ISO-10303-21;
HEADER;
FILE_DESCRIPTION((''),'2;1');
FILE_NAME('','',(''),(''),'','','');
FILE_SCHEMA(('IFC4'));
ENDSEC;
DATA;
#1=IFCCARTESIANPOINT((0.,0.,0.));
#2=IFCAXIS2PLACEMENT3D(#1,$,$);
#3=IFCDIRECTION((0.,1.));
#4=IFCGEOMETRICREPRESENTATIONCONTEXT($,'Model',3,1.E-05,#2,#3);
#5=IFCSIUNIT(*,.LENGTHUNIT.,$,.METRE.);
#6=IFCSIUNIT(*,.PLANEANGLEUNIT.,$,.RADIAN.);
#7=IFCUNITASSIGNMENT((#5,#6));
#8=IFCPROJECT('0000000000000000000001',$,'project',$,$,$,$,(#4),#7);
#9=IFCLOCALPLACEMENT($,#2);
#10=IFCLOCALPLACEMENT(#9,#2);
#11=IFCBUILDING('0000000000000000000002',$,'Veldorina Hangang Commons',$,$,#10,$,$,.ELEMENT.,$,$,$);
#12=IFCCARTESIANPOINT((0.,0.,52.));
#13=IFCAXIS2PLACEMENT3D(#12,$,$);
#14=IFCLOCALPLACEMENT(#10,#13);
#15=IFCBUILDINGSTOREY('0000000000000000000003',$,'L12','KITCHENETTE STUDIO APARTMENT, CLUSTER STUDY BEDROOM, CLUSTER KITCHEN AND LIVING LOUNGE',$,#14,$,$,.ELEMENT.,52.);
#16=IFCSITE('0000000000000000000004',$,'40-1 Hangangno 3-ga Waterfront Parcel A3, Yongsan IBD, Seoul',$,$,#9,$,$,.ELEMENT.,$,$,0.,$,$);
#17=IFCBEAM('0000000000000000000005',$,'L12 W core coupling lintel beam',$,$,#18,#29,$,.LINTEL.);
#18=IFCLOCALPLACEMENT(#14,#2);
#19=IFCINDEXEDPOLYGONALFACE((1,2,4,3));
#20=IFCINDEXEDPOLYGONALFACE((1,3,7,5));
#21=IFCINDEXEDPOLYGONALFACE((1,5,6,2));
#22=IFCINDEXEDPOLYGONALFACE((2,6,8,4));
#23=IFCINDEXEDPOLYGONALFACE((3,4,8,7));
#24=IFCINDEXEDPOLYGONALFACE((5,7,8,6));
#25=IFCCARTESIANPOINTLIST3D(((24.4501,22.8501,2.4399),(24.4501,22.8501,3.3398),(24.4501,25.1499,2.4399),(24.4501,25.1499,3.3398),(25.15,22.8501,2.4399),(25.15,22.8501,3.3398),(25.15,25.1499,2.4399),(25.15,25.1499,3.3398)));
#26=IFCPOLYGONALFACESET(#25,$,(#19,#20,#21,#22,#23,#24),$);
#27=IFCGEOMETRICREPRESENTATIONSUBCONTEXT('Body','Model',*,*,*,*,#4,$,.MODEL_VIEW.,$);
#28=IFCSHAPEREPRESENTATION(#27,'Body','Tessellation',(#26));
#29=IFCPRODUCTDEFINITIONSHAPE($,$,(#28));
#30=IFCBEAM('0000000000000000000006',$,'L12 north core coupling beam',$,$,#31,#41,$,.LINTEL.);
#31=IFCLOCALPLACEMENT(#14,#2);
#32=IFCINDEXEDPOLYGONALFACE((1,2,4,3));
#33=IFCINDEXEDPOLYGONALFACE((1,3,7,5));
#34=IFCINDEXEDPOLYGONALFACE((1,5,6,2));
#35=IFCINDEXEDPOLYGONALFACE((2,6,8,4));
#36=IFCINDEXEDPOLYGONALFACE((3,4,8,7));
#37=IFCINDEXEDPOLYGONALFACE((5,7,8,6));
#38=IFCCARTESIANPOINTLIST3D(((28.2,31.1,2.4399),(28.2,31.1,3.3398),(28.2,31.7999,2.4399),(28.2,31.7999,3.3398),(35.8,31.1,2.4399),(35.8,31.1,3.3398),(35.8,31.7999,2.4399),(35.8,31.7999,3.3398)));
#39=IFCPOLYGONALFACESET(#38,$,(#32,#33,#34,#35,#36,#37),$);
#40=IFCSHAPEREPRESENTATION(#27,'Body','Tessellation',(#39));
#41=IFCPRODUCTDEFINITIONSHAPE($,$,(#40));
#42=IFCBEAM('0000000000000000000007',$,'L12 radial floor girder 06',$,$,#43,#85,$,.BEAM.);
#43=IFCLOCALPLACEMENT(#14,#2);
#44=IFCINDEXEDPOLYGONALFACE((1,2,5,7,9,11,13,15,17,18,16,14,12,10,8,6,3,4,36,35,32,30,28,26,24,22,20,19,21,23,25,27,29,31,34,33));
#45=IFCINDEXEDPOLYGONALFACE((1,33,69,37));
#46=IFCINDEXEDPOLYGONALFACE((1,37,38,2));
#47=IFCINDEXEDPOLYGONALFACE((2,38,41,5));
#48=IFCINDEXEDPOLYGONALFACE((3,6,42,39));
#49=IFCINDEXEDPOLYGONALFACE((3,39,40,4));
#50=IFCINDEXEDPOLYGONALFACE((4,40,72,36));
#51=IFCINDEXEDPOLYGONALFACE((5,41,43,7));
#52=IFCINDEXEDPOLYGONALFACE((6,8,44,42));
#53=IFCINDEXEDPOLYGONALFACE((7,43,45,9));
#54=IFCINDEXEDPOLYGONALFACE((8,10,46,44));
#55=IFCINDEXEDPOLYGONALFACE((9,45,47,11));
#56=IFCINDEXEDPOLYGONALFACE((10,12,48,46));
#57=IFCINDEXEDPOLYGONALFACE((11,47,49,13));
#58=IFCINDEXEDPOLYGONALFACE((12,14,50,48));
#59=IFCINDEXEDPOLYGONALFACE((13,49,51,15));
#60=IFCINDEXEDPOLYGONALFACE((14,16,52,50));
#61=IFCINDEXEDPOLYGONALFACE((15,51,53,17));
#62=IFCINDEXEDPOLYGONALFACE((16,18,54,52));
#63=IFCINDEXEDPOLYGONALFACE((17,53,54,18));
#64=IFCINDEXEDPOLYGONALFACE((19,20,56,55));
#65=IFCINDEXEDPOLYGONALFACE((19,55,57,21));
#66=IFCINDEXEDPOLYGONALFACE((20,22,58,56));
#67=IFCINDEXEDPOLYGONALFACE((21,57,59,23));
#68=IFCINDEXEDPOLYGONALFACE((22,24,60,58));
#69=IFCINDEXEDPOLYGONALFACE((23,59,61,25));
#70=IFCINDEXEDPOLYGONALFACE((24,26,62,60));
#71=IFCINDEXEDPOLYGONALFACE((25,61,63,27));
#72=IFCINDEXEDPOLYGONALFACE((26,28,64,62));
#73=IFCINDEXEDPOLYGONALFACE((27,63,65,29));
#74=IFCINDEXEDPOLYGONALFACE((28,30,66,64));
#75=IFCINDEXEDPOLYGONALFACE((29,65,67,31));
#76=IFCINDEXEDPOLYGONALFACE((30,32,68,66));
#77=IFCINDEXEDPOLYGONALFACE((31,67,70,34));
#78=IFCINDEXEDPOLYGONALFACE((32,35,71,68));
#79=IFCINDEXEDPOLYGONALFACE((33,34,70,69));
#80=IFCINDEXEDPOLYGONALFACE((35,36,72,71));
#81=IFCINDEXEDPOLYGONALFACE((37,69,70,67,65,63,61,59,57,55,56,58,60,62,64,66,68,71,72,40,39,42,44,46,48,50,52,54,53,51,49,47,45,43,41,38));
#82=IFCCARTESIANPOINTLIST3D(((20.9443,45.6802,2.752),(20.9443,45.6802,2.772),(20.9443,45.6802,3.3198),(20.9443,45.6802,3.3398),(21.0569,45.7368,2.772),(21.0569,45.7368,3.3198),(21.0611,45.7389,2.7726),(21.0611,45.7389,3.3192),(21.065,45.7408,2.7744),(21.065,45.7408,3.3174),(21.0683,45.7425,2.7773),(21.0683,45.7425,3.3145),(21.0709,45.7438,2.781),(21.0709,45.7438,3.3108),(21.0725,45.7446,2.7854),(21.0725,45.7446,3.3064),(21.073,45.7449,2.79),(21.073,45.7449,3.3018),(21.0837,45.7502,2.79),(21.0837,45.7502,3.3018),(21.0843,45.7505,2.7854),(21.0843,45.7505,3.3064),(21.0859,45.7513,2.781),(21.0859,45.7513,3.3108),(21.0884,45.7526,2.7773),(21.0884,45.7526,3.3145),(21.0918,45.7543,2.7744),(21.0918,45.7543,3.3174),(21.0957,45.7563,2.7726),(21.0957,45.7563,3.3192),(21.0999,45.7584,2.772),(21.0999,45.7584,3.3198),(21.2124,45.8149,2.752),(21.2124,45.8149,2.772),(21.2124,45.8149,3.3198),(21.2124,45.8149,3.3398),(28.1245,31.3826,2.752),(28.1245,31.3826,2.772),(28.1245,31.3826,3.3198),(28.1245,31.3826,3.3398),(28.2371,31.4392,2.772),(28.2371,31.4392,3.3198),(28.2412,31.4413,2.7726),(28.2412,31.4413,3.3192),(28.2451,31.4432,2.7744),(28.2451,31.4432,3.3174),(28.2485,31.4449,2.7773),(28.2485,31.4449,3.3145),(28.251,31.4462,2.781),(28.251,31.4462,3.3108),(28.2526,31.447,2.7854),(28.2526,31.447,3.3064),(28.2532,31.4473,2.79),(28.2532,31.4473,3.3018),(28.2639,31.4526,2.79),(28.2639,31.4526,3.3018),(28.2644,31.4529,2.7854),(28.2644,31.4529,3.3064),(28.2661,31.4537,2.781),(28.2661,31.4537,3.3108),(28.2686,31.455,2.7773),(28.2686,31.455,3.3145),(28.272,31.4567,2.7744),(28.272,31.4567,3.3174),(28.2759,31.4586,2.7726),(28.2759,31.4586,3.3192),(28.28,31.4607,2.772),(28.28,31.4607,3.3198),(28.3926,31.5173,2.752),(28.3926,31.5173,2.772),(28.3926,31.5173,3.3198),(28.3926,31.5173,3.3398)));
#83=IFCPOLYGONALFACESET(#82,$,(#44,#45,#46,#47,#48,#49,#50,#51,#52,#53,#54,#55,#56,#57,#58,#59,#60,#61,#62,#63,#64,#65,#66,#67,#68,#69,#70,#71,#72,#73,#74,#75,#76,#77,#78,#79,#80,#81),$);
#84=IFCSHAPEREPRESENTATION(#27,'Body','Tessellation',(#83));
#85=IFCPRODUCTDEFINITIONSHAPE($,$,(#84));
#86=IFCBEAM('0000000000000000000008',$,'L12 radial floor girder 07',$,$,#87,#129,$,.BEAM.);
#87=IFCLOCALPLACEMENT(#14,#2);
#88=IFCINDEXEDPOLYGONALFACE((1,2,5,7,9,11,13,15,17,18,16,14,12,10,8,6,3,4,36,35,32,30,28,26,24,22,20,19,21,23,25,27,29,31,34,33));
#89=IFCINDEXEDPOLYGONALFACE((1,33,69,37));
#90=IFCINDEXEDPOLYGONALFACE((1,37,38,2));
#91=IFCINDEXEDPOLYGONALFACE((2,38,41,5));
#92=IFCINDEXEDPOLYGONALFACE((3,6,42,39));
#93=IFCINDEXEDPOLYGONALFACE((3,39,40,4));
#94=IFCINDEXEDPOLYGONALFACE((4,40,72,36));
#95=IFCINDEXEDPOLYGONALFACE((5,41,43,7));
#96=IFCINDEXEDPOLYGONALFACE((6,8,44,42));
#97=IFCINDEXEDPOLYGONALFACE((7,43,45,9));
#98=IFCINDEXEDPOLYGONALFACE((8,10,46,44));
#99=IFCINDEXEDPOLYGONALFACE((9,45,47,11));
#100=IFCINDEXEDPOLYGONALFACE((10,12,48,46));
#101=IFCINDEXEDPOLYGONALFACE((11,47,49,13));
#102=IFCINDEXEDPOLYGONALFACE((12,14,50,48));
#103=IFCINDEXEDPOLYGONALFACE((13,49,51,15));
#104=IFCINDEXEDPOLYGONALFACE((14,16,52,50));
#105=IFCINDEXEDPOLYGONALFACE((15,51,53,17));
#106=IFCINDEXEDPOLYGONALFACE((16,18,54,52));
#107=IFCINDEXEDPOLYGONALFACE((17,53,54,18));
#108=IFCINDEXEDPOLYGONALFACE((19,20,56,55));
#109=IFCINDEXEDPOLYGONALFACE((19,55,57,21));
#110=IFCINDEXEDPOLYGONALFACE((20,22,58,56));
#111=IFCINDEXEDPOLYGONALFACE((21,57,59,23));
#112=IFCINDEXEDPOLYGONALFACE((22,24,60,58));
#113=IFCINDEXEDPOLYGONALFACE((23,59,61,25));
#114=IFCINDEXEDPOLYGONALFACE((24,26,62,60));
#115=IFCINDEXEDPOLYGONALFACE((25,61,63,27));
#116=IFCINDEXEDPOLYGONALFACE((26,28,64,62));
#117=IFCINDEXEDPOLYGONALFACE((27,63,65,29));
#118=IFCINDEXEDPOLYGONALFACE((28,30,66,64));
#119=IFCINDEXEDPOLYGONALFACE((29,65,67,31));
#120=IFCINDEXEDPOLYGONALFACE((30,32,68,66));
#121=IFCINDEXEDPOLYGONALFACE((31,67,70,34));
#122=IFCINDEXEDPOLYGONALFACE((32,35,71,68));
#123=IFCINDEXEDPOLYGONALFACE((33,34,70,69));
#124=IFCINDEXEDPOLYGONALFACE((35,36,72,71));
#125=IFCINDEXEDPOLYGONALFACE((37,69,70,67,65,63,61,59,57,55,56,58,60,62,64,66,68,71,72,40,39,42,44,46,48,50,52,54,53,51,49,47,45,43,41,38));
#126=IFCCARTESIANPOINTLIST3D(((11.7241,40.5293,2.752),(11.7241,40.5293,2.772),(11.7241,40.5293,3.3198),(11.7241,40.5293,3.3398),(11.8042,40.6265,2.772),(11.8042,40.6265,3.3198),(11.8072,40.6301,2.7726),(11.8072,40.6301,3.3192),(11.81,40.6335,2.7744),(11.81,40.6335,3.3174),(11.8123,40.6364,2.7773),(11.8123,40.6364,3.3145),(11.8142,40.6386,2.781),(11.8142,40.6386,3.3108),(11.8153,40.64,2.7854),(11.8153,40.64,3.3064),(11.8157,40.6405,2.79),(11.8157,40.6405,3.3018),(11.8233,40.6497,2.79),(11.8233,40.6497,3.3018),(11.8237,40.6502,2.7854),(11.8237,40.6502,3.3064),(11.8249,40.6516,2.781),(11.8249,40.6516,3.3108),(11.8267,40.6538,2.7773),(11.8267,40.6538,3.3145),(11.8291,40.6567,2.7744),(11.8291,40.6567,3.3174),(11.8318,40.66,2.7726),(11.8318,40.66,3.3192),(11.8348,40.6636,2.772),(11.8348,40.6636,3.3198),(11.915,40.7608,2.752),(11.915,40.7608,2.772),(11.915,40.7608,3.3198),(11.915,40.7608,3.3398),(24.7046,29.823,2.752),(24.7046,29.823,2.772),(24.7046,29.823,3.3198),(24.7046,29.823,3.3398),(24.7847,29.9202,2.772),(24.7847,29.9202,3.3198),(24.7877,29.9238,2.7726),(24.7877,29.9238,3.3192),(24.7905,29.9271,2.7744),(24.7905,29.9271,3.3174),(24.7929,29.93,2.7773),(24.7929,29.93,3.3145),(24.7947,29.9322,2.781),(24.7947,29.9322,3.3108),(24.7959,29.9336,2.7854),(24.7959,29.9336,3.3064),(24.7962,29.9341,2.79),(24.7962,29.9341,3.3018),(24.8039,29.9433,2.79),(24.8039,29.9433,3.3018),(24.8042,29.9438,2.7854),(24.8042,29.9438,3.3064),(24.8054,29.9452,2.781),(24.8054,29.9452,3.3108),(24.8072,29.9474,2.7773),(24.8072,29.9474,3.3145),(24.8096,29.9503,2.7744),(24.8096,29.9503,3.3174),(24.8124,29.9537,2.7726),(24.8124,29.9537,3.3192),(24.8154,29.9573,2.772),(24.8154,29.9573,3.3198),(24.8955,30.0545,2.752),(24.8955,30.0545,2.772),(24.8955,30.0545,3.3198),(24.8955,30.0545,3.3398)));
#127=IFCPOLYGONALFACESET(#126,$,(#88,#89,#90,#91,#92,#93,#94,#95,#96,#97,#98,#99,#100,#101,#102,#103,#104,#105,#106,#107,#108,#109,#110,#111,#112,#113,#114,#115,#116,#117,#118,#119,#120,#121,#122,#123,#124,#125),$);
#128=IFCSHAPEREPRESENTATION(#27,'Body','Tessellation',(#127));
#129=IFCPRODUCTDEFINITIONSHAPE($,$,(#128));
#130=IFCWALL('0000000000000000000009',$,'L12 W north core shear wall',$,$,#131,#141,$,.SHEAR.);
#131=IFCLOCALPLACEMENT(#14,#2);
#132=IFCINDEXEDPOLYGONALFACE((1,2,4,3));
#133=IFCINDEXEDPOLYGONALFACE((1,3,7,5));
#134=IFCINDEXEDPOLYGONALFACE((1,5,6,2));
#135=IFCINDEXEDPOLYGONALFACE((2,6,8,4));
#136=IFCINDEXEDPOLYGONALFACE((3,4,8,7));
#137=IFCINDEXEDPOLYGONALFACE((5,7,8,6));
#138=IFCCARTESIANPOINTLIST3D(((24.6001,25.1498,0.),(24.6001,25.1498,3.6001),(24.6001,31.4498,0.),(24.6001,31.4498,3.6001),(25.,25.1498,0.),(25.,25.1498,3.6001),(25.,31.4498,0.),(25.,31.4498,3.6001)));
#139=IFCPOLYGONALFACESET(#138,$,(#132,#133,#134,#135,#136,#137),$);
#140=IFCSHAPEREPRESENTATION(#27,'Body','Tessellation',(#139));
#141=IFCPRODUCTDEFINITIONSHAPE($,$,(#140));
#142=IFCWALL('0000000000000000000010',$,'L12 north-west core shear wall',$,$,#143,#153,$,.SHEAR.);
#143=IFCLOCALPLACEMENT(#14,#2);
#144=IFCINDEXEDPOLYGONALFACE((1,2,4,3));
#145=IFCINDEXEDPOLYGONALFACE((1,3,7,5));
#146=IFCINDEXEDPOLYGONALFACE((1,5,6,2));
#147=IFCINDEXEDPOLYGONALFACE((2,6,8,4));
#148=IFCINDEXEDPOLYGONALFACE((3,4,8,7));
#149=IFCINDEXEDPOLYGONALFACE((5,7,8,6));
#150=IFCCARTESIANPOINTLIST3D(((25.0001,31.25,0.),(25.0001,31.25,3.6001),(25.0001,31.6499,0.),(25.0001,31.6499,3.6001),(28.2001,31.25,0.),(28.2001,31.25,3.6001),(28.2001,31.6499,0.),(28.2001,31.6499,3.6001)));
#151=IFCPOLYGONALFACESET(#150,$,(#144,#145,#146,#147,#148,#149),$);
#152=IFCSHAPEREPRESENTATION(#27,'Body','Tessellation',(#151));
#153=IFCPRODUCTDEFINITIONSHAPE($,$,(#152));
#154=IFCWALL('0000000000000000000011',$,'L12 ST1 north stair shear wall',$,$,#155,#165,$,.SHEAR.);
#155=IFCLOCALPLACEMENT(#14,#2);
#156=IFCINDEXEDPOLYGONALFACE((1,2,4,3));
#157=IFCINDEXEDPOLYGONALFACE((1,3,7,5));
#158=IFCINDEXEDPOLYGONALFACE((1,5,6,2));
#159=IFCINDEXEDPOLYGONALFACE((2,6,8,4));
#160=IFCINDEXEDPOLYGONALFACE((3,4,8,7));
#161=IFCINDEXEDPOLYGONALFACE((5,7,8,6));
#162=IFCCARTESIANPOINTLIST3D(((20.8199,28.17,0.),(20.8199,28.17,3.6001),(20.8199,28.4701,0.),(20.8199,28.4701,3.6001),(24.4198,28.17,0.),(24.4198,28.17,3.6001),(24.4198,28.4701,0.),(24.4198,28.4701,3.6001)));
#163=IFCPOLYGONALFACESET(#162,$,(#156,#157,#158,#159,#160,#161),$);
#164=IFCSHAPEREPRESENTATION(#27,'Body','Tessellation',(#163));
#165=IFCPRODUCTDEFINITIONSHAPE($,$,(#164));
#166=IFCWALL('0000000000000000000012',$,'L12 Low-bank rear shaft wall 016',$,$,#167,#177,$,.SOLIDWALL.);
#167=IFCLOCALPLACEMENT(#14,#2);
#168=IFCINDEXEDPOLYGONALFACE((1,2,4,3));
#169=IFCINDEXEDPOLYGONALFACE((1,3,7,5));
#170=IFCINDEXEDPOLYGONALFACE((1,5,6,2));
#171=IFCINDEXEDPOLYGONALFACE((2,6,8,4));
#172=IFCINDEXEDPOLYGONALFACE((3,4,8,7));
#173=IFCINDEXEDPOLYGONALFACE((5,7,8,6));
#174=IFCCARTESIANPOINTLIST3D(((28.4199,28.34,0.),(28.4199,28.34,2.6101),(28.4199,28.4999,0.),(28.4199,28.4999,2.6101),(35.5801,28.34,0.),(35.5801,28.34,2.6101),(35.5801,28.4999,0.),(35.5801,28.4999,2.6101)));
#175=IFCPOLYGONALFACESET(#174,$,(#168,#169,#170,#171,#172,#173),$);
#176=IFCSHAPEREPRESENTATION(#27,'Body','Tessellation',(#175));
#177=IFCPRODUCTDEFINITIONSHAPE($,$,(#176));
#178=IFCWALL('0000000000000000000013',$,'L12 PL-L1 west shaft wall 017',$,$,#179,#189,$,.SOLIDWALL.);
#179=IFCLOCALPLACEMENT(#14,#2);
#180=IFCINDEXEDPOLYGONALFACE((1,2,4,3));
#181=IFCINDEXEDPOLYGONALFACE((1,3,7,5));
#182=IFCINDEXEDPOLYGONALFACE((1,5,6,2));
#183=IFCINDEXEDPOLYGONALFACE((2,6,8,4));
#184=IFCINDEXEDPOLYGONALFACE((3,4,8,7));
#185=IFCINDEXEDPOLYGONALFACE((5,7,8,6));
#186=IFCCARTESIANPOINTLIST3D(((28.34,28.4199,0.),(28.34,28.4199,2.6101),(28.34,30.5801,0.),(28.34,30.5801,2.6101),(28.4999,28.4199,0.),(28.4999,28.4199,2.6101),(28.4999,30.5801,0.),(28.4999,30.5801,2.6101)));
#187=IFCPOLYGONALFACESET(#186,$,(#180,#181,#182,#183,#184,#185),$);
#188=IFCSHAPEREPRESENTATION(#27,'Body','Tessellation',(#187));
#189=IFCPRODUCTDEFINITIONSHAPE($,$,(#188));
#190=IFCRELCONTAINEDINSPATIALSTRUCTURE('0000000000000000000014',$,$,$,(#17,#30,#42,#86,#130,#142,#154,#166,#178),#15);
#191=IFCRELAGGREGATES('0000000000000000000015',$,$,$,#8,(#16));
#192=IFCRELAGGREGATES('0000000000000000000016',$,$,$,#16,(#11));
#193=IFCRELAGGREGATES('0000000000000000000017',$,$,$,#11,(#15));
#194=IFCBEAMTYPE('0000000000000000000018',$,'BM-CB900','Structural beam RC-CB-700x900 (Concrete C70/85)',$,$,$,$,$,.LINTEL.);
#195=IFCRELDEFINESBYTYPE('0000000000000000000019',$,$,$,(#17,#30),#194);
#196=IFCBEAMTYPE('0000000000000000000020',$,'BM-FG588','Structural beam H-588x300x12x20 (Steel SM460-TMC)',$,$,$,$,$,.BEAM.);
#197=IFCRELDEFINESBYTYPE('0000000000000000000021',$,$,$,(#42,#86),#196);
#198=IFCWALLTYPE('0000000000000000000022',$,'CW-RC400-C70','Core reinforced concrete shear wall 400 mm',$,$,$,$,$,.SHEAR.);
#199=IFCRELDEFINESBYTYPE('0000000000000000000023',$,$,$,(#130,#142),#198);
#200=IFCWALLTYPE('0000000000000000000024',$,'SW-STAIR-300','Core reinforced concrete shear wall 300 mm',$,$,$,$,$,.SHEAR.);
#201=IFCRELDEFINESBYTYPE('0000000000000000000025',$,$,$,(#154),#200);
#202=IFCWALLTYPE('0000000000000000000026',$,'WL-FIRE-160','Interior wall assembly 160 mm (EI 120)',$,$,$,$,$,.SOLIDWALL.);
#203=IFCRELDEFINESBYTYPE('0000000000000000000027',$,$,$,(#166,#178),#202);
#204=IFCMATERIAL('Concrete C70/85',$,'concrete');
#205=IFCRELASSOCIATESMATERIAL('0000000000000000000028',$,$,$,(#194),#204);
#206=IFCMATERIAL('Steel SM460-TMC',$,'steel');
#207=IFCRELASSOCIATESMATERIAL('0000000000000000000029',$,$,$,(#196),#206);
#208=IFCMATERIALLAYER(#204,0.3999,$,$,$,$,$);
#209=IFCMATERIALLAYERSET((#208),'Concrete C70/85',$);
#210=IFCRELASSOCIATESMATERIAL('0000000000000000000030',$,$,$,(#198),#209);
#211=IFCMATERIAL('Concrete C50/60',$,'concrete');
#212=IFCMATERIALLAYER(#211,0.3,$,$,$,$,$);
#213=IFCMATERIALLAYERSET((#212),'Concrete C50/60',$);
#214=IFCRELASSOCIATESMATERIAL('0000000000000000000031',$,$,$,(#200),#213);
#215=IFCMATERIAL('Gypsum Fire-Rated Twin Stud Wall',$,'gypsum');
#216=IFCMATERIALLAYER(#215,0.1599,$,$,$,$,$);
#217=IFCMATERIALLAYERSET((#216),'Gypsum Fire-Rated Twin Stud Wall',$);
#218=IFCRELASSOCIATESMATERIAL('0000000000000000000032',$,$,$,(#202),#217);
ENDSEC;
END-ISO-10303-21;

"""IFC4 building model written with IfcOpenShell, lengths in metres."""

from ifc_helpers import new_model, si_unit, direction, frame, frame_2d, origin, origin_2d, place, context, subcontext, project, spatial, rectangle, i_section, extrude, material, layer, layer_set, material_profile, profile_set, type_object, element, save


model = new_model("IFC4")

# Units and contexts
model_context = context("Model", 3, precision=1e-05, world=origin(), true_north=direction((0.0, 1.0)))
body_context = subcontext(model_context, "Body", "Model", "MODEL_VIEW")
ifc_project = project(units=[si_unit("LENGTHUNIT", "METRE"), si_unit("PLANEANGLEUNIT", "RADIAN")], contexts=[model_context])

# Site, building, storey
site_placement = place(None, origin())
site = spatial("IfcSite", under=ifc_project, at=site_placement, Name="40-1 Hangangno 3-ga Waterfront Parcel A3, Yongsan IBD, Seoul", CompositionType="ELEMENT", RefElevation=0.0)
building_placement = place(site_placement, origin())
building = spatial("IfcBuilding", under=site, at=building_placement, Name="Veldorina Hangang Commons", CompositionType="ELEMENT")
storey_placement = place(building_placement, frame((0.0, 0.0, 52.0)))
storey = spatial("IfcBuildingStorey", under=building, at=storey_placement, Name="L12", Description="KITCHENETTE STUDIO APARTMENT, CLUSTER STUDY BEDROOM, CLUSTER KITCHEN AND LIVING LOUNGE", CompositionType="ELEMENT", Elevation=52.0)

# Beams
ifc_material_1 = material(Name="Concrete C70/85", Category="concrete")
ifc_material_profile_1 = material_profile(ifc_material_1, rectangle(XDim=0.7, YDim=0.8999, at=origin_2d()), Name="RC-CB-700x900")
ifc_profile_set_1 = profile_set([ifc_material_profile_1], Name="Concrete C70/85")
beam_type_1 = type_object("IfcBeamType", Name="BM-CB900", Description="Structural beam RC-CB-700x900 (Concrete C70/85)", PredefinedType="LINTEL", material=ifc_profile_set_1)
beam_1_placement = place(storey_placement, frame((24.8, 22.8501, 2.8899), z_axis=(0.0, 1.0, 0.0), x_axis=(-1.0, 0.0, 0.0)))
element("IfcBeam", 1, at=beam_1_placement, inside=storey, type_object=beam_type_1, Name="L12 W core coupling lintel beam", PredefinedType="LINTEL", context=body_context, shape_type="SweptSolid", body=[
    extrude(rectangle(XDim=0.7, YDim=0.8999, at=origin_2d()), origin(), (0.0, 0.0, 1.0), 2.2998),
])
beam_2_placement = place(storey_placement, frame((28.2, 31.45, 2.8899), z_axis=(1.0, 0.0, 0.0), x_axis=(0.0, 1.0, 0.0)))
element("IfcBeam", 2, at=beam_2_placement, inside=storey, type_object=beam_type_1, Name="L12 north core coupling beam", PredefinedType="LINTEL", context=body_context, shape_type="SweptSolid", body=[
    extrude(rectangle(XDim=0.7, YDim=0.8999, at=origin_2d()), origin(), (0.0, 0.0, 1.0), 7.6001),
])
ifc_material_2 = material(Name="Steel SM460-TMC", Category="steel")
ifc_material_profile_2 = material_profile(ifc_material_2, i_section(OverallWidth=0.3, OverallDepth=0.5879, WebThickness=0.012, FlangeThickness=0.02, FilletRadius=0.0181, at=origin_2d()), Name="H-588x300x12x20")
ifc_profile_set_2 = profile_set([ifc_material_profile_2], Name="Steel SM460-TMC")
beam_type_2 = type_object("IfcBeamType", Name="BM-FG588", Description="Structural beam H-588x300x12x20 (Steel SM460-TMC)", PredefinedType="BEAM", material=ifc_profile_set_2)
beam_3_placement = place(storey_placement, frame((28.2585, 31.45, 3.0459), z_axis=(-0.448782, 0.893641, 0.0), x_axis=(-0.893641, -0.448782, 0.0)))
element("IfcBeam", 3, at=beam_3_placement, inside=storey, type_object=beam_type_2, Name="L12 radial floor girder 06", PredefinedType="BEAM", context=body_context, shape_type="SweptSolid", body=[
    extrude(i_section(OverallWidth=0.3, OverallDepth=0.5879, WebThickness=0.012, FlangeThickness=0.02, FilletRadius=0.0181, at=origin_2d()), origin(), (0.0, 0.0, 1.0), 15.9993),
])
beam_4_placement = place(storey_placement, frame((24.8, 29.9387, 3.0459), z_axis=(-0.771449, 0.636291, 0.0), x_axis=(-0.636291, -0.771449, 0.0)))
element("IfcBeam", 4, at=beam_4_placement, inside=storey, type_object=beam_type_2, Name="L12 radial floor girder 07", PredefinedType="BEAM", context=body_context, shape_type="SweptSolid", body=[
    extrude(i_section(OverallWidth=0.3, OverallDepth=0.5879, WebThickness=0.012, FlangeThickness=0.02, FilletRadius=0.0181, at=origin_2d()), origin(), (0.0, 0.0, 1.0), 16.8262),
])

# Walls
ifc_layer_1 = layer(ifc_material_1, 0.3999)
ifc_layer_set_1 = layer_set([ifc_layer_1], Name="Concrete C70/85")
wall_type_1 = type_object("IfcWallType", Name="CW-RC400-C70", Description="Core reinforced concrete shear wall 400 mm", PredefinedType="SHEAR", material=ifc_layer_set_1)
wall_1_placement = place(storey_placement, frame((24.8, 25.1499, 0.0), z_axis=(0.0, 0.0, 1.0), x_axis=(0.0, 1.0, 0.0)))
element("IfcWall", 5, at=wall_1_placement, inside=storey, type_object=wall_type_1, Name="L12 W north core shear wall", PredefinedType="SHEAR", context=body_context, shape_type="SweptSolid", body=[
    extrude(rectangle(XDim=6.3, YDim=0.3999, at=frame_2d((3.1499, 0.0))), origin(), (0.0, 0.0, 1.0), 3.6001),
])
wall_2_placement = place(storey_placement, frame((25.0, 31.45, 0.0), z_axis=(0.0, 0.0, 1.0), x_axis=(1.0, 0.0, 0.0)))
element("IfcWall", 6, at=wall_2_placement, inside=storey, type_object=wall_type_1, Name="L12 north-west core shear wall", PredefinedType="SHEAR", context=body_context, shape_type="SweptSolid", body=[
    extrude(rectangle(XDim=3.2, YDim=0.3999, at=frame_2d((1.6001, 0.0))), origin(), (0.0, 0.0, 1.0), 3.6001),
])
ifc_material_3 = material(Name="Concrete C50/60", Category="concrete")
ifc_layer_2 = layer(ifc_material_3, 0.3)
ifc_layer_set_2 = layer_set([ifc_layer_2], Name="Concrete C50/60")
wall_type_2 = type_object("IfcWallType", Name="SW-STAIR-300", Description="Core reinforced concrete shear wall 300 mm", PredefinedType="SHEAR", material=ifc_layer_set_2)
wall_3_placement = place(storey_placement, frame((20.8201, 28.3201, 0.0), z_axis=(0.0, 0.0, 1.0), x_axis=(1.0, 0.0, 0.0)))
element("IfcWall", 7, at=wall_3_placement, inside=storey, type_object=wall_type_2, Name="L12 ST1 north stair shear wall", PredefinedType="SHEAR", context=body_context, shape_type="SweptSolid", body=[
    extrude(rectangle(XDim=3.5999, YDim=0.3, at=frame_2d((1.7998, 0.0))), origin(), (0.0, 0.0, 1.0), 3.6001),
])

# Shared definitions
ifc_material_4 = material(Name="Gypsum Fire-Rated Twin Stud Wall", Category="gypsum")
ifc_layer_3 = layer(ifc_material_4, 0.1599)
ifc_layer_set_3 = layer_set([ifc_layer_3], Name="Gypsum Fire-Rated Twin Stud Wall")
wall_type_3 = type_object("IfcWallType", Name="WL-FIRE-160", Description="Interior wall assembly 160 mm (EI 120)", PredefinedType="SOLIDWALL", material=ifc_layer_set_3)

# Walls
wall_4_placement = place(storey_placement, frame((28.4199, 28.4199, 0.0), z_axis=(0.0, 0.0, 1.0), x_axis=(1.0, 0.0, 0.0)))
element("IfcWall", 8, at=wall_4_placement, inside=storey, type_object=wall_type_3, Name="L12 Low-bank rear shaft wall 016", PredefinedType="SOLIDWALL", context=body_context, shape_type="SweptSolid", body=[
    extrude(rectangle(XDim=7.1602, YDim=0.1599, at=frame_2d((3.5801, 0.0))), origin(), (0.0, 0.0, 1.0), 2.6101),
])
for number, where, z_axis, x_axis, name in (
    (9, (28.4199, 28.4199, 0.0), (0.0, 0.0, 1.0), (0.0, 1.0, 0.0), "L12 PL-L1 west shaft wall 017"),
):
    element("IfcWall", number, at=place(storey_placement, frame(where, z_axis=z_axis, x_axis=x_axis)), inside=storey, type_object=wall_type_3, Name=name, PredefinedType="SOLIDWALL", context=body_context, shape_type="SweptSolid", body=[
        extrude(rectangle(XDim=2.1602, YDim=0.1599, at=frame_2d((1.0801, 0.0))), origin(), (0.0, 0.0, 1.0), 2.6101),
    ])

save(model, "model.ifc")
